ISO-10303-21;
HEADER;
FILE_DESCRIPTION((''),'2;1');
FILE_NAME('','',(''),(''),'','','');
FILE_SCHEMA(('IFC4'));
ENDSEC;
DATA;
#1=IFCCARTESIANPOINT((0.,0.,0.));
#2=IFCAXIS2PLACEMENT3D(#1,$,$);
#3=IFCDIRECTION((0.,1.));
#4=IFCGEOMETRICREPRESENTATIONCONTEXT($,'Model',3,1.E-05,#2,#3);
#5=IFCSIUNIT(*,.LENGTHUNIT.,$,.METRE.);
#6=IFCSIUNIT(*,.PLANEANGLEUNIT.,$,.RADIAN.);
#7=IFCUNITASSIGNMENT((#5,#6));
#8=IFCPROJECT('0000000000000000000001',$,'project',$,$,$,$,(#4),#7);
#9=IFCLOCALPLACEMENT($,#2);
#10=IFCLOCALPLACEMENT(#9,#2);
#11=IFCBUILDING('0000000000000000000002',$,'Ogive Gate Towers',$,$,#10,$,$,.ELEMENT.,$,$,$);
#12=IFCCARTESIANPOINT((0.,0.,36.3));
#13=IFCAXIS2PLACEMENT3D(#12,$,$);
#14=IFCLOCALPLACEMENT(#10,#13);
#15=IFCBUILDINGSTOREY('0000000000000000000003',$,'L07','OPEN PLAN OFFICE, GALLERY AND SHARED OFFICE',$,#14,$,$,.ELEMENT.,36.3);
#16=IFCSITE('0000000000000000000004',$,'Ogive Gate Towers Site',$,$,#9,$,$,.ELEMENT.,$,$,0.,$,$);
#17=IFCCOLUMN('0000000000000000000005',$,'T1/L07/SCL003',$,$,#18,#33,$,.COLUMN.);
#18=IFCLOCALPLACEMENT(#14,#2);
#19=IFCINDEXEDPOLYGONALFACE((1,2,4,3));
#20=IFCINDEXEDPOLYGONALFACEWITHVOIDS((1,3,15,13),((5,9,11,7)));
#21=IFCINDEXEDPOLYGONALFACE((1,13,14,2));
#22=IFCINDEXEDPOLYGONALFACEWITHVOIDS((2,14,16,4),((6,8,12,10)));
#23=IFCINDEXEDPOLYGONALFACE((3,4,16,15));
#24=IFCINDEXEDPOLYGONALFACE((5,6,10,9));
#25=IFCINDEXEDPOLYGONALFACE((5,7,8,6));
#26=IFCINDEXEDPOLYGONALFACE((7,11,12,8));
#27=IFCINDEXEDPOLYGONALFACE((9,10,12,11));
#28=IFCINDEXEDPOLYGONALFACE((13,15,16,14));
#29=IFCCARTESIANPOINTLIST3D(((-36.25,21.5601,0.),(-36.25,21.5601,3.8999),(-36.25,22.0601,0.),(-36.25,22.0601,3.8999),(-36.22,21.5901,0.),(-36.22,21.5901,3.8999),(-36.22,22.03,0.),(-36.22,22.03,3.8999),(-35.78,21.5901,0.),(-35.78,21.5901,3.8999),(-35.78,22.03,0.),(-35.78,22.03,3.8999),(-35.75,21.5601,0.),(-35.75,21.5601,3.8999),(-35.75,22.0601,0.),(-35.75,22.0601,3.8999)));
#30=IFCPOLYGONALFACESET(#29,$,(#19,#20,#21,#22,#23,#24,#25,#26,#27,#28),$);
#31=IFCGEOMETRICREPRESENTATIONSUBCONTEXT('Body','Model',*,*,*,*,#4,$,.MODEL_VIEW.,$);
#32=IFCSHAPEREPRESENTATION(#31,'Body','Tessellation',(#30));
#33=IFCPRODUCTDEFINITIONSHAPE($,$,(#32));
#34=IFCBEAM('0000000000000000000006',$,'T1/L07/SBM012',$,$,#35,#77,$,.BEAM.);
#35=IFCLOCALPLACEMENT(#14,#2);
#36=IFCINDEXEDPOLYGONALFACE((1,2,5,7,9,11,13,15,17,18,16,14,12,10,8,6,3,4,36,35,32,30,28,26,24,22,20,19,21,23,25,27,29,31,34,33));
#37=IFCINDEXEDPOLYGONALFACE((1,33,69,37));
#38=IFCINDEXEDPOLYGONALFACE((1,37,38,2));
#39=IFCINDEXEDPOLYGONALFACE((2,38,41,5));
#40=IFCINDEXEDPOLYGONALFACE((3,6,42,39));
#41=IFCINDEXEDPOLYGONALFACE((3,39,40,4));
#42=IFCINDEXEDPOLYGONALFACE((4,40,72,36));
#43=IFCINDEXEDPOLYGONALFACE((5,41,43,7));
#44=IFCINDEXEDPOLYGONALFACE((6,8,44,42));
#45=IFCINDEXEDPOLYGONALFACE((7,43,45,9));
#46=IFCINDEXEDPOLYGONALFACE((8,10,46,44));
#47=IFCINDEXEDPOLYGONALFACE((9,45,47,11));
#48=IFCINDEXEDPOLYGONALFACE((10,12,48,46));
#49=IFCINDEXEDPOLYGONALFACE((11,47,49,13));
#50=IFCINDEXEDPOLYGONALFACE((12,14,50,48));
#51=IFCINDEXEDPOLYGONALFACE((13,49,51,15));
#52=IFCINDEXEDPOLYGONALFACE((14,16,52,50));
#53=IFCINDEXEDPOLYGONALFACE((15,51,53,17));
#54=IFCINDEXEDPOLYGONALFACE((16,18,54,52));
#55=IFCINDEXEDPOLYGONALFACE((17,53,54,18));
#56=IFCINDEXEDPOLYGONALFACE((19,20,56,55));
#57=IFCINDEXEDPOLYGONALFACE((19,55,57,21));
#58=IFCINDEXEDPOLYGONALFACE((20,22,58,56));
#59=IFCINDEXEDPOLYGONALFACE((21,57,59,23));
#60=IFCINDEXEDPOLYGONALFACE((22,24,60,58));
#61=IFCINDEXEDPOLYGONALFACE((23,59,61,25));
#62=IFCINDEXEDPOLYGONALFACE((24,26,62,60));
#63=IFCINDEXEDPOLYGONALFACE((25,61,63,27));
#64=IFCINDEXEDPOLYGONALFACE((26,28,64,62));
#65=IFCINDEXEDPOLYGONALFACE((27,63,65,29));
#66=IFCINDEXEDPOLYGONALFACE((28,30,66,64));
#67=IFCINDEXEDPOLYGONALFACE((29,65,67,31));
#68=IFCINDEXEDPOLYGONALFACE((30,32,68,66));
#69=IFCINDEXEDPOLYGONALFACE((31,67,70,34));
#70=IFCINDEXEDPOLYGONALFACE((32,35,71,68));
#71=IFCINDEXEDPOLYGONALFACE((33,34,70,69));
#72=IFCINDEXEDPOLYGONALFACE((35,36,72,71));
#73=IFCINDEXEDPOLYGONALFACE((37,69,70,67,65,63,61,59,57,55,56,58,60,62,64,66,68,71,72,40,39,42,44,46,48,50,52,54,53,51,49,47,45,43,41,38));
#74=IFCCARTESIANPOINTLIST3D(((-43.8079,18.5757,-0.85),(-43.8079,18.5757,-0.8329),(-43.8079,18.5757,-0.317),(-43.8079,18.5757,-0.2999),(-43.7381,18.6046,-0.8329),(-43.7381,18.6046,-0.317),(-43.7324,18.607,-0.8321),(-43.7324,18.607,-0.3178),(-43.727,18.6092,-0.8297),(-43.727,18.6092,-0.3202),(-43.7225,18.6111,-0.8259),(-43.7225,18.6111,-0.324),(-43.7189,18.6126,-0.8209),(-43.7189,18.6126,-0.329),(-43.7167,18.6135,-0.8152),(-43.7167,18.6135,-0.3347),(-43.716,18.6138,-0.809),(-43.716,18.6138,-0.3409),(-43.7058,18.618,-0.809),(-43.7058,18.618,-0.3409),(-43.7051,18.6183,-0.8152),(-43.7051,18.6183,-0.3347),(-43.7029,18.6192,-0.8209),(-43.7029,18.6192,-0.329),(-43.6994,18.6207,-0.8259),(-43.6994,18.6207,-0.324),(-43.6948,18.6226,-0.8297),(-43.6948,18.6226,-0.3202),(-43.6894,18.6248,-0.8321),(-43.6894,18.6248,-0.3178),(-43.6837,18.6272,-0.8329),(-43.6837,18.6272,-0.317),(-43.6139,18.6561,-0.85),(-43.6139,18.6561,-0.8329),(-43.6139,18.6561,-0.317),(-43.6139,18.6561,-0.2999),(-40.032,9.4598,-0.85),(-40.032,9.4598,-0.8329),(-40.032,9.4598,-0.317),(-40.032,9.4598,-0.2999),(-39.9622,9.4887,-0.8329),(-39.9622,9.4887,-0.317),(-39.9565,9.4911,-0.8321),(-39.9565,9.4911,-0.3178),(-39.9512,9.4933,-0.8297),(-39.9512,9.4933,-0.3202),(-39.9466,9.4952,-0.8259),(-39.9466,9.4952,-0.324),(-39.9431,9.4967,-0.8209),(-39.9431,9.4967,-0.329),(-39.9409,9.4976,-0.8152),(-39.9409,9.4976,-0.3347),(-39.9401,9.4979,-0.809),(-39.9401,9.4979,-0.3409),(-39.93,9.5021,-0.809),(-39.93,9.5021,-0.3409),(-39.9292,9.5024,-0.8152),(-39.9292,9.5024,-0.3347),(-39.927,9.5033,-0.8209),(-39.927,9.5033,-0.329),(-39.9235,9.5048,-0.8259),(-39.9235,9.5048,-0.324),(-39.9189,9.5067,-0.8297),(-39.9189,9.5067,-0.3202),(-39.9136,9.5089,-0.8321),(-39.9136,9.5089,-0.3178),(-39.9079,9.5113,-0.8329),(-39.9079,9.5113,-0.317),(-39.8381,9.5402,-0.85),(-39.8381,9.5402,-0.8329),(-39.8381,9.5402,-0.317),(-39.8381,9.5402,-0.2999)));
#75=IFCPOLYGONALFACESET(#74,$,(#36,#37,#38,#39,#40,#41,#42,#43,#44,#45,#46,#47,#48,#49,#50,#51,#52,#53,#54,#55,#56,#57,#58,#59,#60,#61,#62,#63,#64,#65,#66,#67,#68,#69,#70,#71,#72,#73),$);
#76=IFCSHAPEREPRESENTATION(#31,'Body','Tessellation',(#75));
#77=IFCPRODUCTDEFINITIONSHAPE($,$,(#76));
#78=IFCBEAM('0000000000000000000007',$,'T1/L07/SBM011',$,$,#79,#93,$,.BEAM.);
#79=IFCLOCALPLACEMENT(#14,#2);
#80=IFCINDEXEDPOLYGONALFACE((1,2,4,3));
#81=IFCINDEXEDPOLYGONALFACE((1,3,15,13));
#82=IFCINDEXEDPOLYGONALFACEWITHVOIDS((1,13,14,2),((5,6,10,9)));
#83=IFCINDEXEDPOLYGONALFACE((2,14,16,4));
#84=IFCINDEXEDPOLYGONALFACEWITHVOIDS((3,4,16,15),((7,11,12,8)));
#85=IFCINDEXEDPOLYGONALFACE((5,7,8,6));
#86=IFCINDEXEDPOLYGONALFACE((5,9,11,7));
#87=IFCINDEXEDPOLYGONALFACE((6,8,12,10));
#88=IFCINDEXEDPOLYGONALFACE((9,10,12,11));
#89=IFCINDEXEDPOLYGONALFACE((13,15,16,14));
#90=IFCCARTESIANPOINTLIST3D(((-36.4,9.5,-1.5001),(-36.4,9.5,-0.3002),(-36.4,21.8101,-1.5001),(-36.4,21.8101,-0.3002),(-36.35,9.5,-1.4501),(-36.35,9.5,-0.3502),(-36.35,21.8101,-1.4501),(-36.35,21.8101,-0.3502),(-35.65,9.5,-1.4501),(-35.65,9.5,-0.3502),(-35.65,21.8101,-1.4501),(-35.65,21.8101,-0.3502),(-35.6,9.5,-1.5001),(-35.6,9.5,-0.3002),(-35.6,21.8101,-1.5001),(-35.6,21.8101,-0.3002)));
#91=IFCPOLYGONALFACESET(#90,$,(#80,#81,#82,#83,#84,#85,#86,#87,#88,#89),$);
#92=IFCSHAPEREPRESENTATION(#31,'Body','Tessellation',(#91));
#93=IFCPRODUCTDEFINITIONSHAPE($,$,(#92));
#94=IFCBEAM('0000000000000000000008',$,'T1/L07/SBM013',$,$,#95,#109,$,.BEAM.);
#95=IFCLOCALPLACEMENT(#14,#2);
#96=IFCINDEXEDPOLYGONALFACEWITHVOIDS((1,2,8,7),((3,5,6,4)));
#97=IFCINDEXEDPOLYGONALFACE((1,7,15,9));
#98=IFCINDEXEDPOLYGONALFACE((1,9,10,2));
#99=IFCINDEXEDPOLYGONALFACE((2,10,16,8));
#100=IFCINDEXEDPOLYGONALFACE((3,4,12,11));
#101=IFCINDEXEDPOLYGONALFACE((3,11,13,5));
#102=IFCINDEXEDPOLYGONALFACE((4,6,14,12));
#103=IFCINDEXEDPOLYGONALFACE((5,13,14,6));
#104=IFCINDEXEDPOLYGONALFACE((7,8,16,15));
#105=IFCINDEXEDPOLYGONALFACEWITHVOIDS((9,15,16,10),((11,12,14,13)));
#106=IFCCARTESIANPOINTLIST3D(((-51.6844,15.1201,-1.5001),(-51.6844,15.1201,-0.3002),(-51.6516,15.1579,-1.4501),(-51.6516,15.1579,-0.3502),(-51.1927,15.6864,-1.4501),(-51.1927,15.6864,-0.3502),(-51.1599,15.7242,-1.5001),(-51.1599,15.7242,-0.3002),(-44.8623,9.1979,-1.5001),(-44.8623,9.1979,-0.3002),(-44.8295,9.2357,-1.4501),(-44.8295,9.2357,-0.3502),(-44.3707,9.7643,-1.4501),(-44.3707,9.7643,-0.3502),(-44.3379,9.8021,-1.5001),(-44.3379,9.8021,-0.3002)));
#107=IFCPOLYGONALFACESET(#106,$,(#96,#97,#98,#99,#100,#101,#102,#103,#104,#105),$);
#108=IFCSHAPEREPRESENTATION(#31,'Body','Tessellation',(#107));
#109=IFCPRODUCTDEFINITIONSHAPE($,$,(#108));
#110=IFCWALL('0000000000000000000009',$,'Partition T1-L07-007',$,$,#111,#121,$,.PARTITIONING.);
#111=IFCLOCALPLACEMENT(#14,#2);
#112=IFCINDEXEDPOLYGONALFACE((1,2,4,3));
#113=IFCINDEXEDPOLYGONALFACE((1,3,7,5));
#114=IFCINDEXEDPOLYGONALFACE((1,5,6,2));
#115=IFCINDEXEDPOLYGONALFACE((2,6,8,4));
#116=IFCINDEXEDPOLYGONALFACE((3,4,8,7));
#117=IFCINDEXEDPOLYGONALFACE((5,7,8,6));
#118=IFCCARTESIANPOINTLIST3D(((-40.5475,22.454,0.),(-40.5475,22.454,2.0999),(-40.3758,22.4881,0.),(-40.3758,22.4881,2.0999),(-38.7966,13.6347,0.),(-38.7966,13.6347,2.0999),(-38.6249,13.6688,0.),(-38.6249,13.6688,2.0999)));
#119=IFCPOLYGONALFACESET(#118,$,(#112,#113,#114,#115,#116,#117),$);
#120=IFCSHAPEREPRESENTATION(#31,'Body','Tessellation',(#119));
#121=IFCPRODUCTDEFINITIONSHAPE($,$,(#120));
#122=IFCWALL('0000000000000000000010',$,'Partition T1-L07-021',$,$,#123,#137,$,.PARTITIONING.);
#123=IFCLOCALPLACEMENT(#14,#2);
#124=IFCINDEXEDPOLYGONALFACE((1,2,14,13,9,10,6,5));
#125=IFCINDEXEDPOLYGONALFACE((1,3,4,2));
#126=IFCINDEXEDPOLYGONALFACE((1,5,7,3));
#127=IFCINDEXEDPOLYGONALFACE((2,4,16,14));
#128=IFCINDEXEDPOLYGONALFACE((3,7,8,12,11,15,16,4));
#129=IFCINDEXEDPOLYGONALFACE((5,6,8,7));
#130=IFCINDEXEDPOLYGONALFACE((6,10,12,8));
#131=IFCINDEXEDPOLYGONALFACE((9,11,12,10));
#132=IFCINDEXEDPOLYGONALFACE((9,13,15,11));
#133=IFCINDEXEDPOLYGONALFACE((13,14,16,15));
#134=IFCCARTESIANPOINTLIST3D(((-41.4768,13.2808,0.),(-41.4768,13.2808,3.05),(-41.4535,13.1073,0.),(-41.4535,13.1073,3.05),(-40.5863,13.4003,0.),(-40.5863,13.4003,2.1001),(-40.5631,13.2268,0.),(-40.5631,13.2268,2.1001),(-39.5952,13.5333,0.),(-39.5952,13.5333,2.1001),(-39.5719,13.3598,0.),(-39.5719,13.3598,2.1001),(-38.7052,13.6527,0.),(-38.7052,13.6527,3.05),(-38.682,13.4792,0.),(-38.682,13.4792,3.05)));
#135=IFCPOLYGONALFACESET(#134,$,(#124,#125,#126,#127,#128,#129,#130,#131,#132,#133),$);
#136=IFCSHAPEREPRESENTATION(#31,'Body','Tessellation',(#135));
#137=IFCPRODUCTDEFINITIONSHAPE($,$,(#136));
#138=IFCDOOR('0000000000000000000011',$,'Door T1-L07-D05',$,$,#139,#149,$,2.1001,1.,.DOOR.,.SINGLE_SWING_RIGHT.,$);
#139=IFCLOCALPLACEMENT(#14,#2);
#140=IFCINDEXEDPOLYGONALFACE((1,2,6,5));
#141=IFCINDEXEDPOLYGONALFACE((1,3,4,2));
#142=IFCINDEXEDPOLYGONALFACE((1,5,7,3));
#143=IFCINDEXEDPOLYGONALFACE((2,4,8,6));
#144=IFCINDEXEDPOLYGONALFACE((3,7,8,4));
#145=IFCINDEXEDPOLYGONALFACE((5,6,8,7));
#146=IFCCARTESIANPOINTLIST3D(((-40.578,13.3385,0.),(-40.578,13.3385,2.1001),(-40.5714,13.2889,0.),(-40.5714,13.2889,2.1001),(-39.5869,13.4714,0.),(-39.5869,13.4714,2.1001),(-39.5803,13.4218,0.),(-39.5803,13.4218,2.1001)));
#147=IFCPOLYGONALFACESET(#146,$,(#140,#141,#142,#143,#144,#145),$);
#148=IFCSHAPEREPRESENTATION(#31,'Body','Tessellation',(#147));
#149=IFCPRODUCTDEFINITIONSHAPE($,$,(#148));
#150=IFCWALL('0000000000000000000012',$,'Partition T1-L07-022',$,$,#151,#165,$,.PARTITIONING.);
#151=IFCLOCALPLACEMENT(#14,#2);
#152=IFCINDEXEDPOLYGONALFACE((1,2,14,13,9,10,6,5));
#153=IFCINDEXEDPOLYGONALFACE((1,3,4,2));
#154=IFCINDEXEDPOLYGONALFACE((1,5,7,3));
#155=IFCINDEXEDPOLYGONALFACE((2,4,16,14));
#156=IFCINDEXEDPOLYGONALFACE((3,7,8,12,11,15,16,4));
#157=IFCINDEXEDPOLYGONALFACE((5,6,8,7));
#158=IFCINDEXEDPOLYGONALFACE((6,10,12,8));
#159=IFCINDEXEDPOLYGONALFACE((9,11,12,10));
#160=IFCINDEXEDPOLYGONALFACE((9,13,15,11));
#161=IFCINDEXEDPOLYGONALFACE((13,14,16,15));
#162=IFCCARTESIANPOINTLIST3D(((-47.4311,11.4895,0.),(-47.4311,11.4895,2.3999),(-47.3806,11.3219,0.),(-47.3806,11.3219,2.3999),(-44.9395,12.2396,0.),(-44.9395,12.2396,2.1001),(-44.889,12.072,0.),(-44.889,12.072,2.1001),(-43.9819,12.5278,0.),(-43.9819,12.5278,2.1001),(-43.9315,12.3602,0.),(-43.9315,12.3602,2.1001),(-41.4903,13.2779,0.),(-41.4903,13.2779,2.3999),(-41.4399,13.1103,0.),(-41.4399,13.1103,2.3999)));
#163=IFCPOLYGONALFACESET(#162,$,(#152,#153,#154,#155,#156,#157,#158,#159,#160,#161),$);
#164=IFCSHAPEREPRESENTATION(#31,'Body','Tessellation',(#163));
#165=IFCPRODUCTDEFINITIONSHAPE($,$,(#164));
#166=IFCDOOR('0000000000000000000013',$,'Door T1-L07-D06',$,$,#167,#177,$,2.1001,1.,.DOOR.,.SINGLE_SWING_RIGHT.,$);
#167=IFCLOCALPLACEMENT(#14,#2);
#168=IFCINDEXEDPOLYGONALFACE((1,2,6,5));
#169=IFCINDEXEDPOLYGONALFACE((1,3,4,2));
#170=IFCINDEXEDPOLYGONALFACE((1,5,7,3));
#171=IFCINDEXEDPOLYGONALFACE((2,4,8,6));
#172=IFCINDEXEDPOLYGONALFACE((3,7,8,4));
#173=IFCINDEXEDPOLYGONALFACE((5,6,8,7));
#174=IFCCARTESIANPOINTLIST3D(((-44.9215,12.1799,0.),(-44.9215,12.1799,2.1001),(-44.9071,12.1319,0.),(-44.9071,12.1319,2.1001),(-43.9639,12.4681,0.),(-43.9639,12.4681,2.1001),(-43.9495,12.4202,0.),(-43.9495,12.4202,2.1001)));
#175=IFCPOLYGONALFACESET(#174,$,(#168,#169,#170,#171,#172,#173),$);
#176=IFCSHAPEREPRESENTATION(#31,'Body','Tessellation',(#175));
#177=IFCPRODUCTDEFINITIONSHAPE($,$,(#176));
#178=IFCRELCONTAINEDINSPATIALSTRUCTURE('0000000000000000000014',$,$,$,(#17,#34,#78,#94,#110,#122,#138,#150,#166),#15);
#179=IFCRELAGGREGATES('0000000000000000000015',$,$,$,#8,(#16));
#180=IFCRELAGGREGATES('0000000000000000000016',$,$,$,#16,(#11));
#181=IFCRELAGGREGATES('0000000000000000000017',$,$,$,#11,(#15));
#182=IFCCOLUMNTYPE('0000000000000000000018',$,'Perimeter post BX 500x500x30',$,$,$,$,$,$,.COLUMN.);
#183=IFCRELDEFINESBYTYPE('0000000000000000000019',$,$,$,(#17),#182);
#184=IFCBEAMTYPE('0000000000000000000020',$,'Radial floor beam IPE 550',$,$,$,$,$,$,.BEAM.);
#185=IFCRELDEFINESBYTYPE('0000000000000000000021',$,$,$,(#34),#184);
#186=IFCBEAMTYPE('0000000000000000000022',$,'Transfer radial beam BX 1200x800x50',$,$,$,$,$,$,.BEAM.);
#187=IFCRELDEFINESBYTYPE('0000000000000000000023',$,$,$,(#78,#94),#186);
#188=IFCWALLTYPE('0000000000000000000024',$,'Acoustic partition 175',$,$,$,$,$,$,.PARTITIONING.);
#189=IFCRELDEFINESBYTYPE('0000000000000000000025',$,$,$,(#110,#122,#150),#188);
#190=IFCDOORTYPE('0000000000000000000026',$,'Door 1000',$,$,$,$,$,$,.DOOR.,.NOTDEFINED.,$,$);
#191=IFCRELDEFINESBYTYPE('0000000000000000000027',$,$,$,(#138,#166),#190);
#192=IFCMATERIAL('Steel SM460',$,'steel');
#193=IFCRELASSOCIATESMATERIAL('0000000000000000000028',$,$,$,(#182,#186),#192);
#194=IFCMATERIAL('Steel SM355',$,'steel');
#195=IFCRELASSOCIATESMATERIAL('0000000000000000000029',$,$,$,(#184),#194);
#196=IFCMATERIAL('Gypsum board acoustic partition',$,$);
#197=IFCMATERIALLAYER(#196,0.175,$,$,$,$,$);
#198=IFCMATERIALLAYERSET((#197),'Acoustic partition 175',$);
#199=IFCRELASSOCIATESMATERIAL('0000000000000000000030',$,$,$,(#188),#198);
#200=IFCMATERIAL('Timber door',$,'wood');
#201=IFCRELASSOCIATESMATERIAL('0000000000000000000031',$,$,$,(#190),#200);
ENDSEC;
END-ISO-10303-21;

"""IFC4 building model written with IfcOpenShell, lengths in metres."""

from ifc_helpers import new_model, si_unit, direction, frame, frame_2d, origin, origin_2d, place, context, subcontext, project, spatial, rectangle, hollow_rectangle, i_section, extrude, material, layer, layer_set, material_profile, profile_set, type_object, element, fill, save


model = new_model("IFC4")

# Units and contexts
model_context = context("Model", 3, precision=1e-05, world=origin(), true_north=direction((0.0, 1.0)))
body_context = subcontext(model_context, "Body", "Model", "MODEL_VIEW")
ifc_project = project(units=[si_unit("LENGTHUNIT", "METRE"), si_unit("PLANEANGLEUNIT", "RADIAN")], contexts=[model_context])

# Site, building, storey
site_placement = place(None, origin())
site = spatial("IfcSite", under=ifc_project, at=site_placement, Name="Ogive Gate Towers Site", CompositionType="ELEMENT", RefElevation=0.0)
building_placement = place(site_placement, origin())
building = spatial("IfcBuilding", under=site, at=building_placement, Name="Ogive Gate Towers", CompositionType="ELEMENT")
storey_placement = place(building_placement, frame((0.0, 0.0, 36.3)))
storey = spatial("IfcBuildingStorey", under=building, at=storey_placement, Name="L07", Description="OPEN PLAN OFFICE, GALLERY AND SHARED OFFICE", CompositionType="ELEMENT", Elevation=36.3)

# Column
ifc_material_1 = material(Name="Steel SM460", Category="steel")
ifc_material_profile_1 = material_profile(ifc_material_1, hollow_rectangle(XDim=0.5, YDim=0.5, WallThickness=0.03, at=origin_2d()), Name="BX 500x500x30")
ifc_profile_set_1 = profile_set([ifc_material_profile_1], Name="Steel SM460")
column_type = type_object("IfcColumnType", Name="Perimeter post BX 500x500x30", PredefinedType="COLUMN", material=ifc_profile_set_1)
column_placement = place(storey_placement, frame((-36.0, 21.8101, 0.0), z_axis=(0.0, 0.0, 1.0), x_axis=(1.0, 0.0, 0.0)))
element("IfcColumn", 1, at=column_placement, inside=storey, type_object=column_type, Name="T1/L07/SCL003", PredefinedType="COLUMN", context=body_context, shape_type="SweptSolid", body=[
    extrude(hollow_rectangle(XDim=0.5, YDim=0.5, WallThickness=0.03, at=origin_2d()), origin(), (0.0, 0.0, 1.0), 3.8999),
])

# Beams
ifc_material_2 = material(Name="Steel SM355", Category="steel")
ifc_material_profile_2 = material_profile(ifc_material_2, i_section(OverallWidth=0.21, OverallDepth=0.55, WebThickness=0.011, FlangeThickness=0.0171, FilletRadius=0.0239, at=origin_2d()), Name="IPE 550")
ifc_profile_set_2 = profile_set([ifc_material_profile_2], Name="Steel SM355")
beam_type_1 = type_object("IfcBeamType", Name="Radial floor beam IPE 550", PredefinedType="BEAM", material=ifc_profile_set_2)
beam_1_placement = place(storey_placement, frame((-39.9351, 9.5, -0.575), z_axis=(-0.382677, 0.923882, 0.0), x_axis=(-0.923882, -0.382677, 0.0)))
element("IfcBeam", 2, at=beam_1_placement, inside=storey, type_object=beam_type_1, Name="T1/L07/SBM012", PredefinedType="BEAM", context=body_context, shape_type="SweptSolid", body=[
    extrude(i_section(OverallWidth=0.21, OverallDepth=0.55, WebThickness=0.011, FlangeThickness=0.0171, FilletRadius=0.0239, at=origin_2d()), origin(), (0.0, 0.0, 1.0), 9.8669),
])
ifc_material_profile_3 = material_profile(ifc_material_1, hollow_rectangle(XDim=0.8, YDim=1.2, WallThickness=0.05, at=origin_2d()), Name="BX 1200x800x50")
ifc_profile_set_3 = profile_set([ifc_material_profile_3], Name="Steel SM460")
beam_type_2 = type_object("IfcBeamType", Name="Transfer radial beam BX 1200x800x50", PredefinedType="BEAM", material=ifc_profile_set_3)
beam_2_placement = place(storey_placement, frame((-36.0, 9.5, -0.9001), z_axis=(0.0, 1.0, 0.0), x_axis=(-1.0, 0.0, 0.0)))
element("IfcBeam", 3, at=beam_2_placement, inside=storey, type_object=beam_type_2, Name="T1/L07/SBM011", PredefinedType="BEAM", context=body_context, shape_type="SweptSolid", body=[
    extrude(hollow_rectangle(XDim=0.8, YDim=1.2, WallThickness=0.05, at=origin_2d()), origin(), (0.0, 0.0, 1.0), 12.3101),
])
beam_3_placement = place(storey_placement, frame((-44.6001, 9.5, -0.9001), z_axis=(-0.755157, 0.655544, 0.0), x_axis=(-0.655544, -0.755157, 0.0)))
element("IfcBeam", 4, at=beam_3_placement, inside=storey, type_object=beam_type_2, Name="T1/L07/SBM013", PredefinedType="BEAM", context=body_context, shape_type="SweptSolid", body=[
    extrude(hollow_rectangle(XDim=0.8, YDim=1.2, WallThickness=0.05, at=origin_2d()), origin(), (0.0, 0.0, 1.0), 9.0339),
])

# Wall
ifc_material_3 = material(Name="Gypsum board acoustic partition")
ifc_layer_1 = layer(ifc_material_3, 0.175)
ifc_layer_set_1 = layer_set([ifc_layer_1], Name="Acoustic partition 175")
wall_type_1 = type_object("IfcWallType", Name="Acoustic partition 175", PredefinedType="PARTITIONING", material=ifc_layer_set_1)
wall_1_placement = place(storey_placement, frame((-40.4617, 22.4709, 0.0), z_axis=(0.0, 0.0, 1.0), x_axis=(0.194737, -0.980855, 0.0)))
element("IfcWall", 5, at=wall_1_placement, inside=storey, type_object=wall_type_1, Name="Partition T1-L07-007", PredefinedType="PARTITIONING", context=body_context, shape_type="SweptSolid", body=[
    extrude(rectangle(XDim=8.9915, YDim=0.175, at=frame_2d((4.4956, 0.0))), origin(), (0.0, 0.0, 1.0), 2.0999),
])

# Walls, openings, doors
wall_2_placement = place(storey_placement, frame((-38.6936, 13.5659, 0.0), z_axis=(0.0, 0.0, 1.0), x_axis=(-0.99112, -0.13297, 0.0)))
wall_2 = element("IfcWall", 6, at=wall_2_placement, inside=storey, type_object=wall_type_1, Name="Partition T1-L07-021", PredefinedType="PARTITIONING", context=body_context, shape_type="SweptSolid", body=[
    extrude(rectangle(XDim=2.7964, YDim=0.175, at=frame_2d((1.3982, 0.0))), origin(), (0.0, 0.0, 1.0), 3.05),
])
opening_1_placement = place(wall_2_placement, frame((0.8979, 0.0, 0.0)))
opening_1 = element("IfcOpeningElement", 7, at=opening_1_placement, cuts=wall_2, PredefinedType="OPENING", context=body_context, shape_type="SweptSolid", body=[
    extrude(rectangle(XDim=1.0, YDim=2.1001, at=frame_2d((0.5, 1.05))), frame((0.0, 0.0977, 0.0), z_axis=(0.0, -1.0, 0.0), x_axis=(1.0, 0.0, 0.0)), (0.0, 0.0, 1.0), 0.1951),
])
ifc_material_4 = material(Name="Timber door", Category="wood")
door_type_1 = type_object("IfcDoorType", Name="Door 1000", OperationType="NOTDEFINED", PredefinedType="DOOR", material=ifc_material_4)
door_1_placement = place(opening_1_placement, origin())
door_1 = element("IfcDoor", 8, at=door_1_placement, inside=storey, type_object=door_type_1, Name="Door T1-L07-D05", OperationType="SINGLE_SWING_RIGHT", OverallHeight=2.1001, OverallWidth=1.0, PredefinedType="DOOR", context=body_context, shape_type="SweptSolid", body=[
    extrude(rectangle(XDim=1.0, YDim=2.1001, at=frame_2d((0.5, 1.05))), frame((0.0, 0.0249, 0.0), z_axis=(0.0, -1.0, 0.0), x_axis=(1.0, 0.0, 0.0)), (0.0, 0.0, 1.0), 0.05),
])
fill(opening_1, door_1)
wall_3_placement = place(storey_placement, frame((-41.4651, 13.1941, 0.0), z_axis=(0.0, 0.0, 1.0), x_axis=(-0.957554, -0.288254, 0.0)))
wall_3 = element("IfcWall", 9, at=wall_3_placement, inside=storey, type_object=wall_type_1, Name="Partition T1-L07-022", PredefinedType="PARTITIONING", context=body_context, shape_type="SweptSolid", body=[
    extrude(rectangle(XDim=6.2041, YDim=0.175, at=frame_2d((3.1021, 0.0))), origin(), (0.0, 0.0, 1.0), 2.3999),
])
opening_2_placement = place(wall_3_placement, frame((2.6021, 0.0, 0.0)))
opening_2 = element("IfcOpeningElement", 10, at=opening_2_placement, cuts=wall_3, PredefinedType="OPENING", context=body_context, shape_type="SweptSolid", body=[
    extrude(rectangle(XDim=1.0, YDim=2.1001, at=frame_2d((0.5, 1.05))), frame((0.0, 0.0977, 0.0), z_axis=(0.0, -1.0, 0.0), x_axis=(1.0, 0.0, 0.0)), (0.0, 0.0, 1.0), 0.1951),
])
door_2_placement = place(opening_2_placement, origin())
door_2 = element("IfcDoor", 11, at=door_2_placement, inside=storey, type_object=door_type_1, Name="Door T1-L07-D06", OperationType="SINGLE_SWING_RIGHT", OverallHeight=2.1001, OverallWidth=1.0, PredefinedType="DOOR", context=body_context, shape_type="SweptSolid", body=[
    extrude(rectangle(XDim=1.0, YDim=2.1001, at=frame_2d((0.5, 1.05))), frame((0.0, 0.0249, 0.0), z_axis=(0.0, -1.0, 0.0), x_axis=(1.0, 0.0, 0.0)), (0.0, 0.0, 1.0), 0.05),
])
fill(opening_2, door_2)

save(model, "model.ifc")
